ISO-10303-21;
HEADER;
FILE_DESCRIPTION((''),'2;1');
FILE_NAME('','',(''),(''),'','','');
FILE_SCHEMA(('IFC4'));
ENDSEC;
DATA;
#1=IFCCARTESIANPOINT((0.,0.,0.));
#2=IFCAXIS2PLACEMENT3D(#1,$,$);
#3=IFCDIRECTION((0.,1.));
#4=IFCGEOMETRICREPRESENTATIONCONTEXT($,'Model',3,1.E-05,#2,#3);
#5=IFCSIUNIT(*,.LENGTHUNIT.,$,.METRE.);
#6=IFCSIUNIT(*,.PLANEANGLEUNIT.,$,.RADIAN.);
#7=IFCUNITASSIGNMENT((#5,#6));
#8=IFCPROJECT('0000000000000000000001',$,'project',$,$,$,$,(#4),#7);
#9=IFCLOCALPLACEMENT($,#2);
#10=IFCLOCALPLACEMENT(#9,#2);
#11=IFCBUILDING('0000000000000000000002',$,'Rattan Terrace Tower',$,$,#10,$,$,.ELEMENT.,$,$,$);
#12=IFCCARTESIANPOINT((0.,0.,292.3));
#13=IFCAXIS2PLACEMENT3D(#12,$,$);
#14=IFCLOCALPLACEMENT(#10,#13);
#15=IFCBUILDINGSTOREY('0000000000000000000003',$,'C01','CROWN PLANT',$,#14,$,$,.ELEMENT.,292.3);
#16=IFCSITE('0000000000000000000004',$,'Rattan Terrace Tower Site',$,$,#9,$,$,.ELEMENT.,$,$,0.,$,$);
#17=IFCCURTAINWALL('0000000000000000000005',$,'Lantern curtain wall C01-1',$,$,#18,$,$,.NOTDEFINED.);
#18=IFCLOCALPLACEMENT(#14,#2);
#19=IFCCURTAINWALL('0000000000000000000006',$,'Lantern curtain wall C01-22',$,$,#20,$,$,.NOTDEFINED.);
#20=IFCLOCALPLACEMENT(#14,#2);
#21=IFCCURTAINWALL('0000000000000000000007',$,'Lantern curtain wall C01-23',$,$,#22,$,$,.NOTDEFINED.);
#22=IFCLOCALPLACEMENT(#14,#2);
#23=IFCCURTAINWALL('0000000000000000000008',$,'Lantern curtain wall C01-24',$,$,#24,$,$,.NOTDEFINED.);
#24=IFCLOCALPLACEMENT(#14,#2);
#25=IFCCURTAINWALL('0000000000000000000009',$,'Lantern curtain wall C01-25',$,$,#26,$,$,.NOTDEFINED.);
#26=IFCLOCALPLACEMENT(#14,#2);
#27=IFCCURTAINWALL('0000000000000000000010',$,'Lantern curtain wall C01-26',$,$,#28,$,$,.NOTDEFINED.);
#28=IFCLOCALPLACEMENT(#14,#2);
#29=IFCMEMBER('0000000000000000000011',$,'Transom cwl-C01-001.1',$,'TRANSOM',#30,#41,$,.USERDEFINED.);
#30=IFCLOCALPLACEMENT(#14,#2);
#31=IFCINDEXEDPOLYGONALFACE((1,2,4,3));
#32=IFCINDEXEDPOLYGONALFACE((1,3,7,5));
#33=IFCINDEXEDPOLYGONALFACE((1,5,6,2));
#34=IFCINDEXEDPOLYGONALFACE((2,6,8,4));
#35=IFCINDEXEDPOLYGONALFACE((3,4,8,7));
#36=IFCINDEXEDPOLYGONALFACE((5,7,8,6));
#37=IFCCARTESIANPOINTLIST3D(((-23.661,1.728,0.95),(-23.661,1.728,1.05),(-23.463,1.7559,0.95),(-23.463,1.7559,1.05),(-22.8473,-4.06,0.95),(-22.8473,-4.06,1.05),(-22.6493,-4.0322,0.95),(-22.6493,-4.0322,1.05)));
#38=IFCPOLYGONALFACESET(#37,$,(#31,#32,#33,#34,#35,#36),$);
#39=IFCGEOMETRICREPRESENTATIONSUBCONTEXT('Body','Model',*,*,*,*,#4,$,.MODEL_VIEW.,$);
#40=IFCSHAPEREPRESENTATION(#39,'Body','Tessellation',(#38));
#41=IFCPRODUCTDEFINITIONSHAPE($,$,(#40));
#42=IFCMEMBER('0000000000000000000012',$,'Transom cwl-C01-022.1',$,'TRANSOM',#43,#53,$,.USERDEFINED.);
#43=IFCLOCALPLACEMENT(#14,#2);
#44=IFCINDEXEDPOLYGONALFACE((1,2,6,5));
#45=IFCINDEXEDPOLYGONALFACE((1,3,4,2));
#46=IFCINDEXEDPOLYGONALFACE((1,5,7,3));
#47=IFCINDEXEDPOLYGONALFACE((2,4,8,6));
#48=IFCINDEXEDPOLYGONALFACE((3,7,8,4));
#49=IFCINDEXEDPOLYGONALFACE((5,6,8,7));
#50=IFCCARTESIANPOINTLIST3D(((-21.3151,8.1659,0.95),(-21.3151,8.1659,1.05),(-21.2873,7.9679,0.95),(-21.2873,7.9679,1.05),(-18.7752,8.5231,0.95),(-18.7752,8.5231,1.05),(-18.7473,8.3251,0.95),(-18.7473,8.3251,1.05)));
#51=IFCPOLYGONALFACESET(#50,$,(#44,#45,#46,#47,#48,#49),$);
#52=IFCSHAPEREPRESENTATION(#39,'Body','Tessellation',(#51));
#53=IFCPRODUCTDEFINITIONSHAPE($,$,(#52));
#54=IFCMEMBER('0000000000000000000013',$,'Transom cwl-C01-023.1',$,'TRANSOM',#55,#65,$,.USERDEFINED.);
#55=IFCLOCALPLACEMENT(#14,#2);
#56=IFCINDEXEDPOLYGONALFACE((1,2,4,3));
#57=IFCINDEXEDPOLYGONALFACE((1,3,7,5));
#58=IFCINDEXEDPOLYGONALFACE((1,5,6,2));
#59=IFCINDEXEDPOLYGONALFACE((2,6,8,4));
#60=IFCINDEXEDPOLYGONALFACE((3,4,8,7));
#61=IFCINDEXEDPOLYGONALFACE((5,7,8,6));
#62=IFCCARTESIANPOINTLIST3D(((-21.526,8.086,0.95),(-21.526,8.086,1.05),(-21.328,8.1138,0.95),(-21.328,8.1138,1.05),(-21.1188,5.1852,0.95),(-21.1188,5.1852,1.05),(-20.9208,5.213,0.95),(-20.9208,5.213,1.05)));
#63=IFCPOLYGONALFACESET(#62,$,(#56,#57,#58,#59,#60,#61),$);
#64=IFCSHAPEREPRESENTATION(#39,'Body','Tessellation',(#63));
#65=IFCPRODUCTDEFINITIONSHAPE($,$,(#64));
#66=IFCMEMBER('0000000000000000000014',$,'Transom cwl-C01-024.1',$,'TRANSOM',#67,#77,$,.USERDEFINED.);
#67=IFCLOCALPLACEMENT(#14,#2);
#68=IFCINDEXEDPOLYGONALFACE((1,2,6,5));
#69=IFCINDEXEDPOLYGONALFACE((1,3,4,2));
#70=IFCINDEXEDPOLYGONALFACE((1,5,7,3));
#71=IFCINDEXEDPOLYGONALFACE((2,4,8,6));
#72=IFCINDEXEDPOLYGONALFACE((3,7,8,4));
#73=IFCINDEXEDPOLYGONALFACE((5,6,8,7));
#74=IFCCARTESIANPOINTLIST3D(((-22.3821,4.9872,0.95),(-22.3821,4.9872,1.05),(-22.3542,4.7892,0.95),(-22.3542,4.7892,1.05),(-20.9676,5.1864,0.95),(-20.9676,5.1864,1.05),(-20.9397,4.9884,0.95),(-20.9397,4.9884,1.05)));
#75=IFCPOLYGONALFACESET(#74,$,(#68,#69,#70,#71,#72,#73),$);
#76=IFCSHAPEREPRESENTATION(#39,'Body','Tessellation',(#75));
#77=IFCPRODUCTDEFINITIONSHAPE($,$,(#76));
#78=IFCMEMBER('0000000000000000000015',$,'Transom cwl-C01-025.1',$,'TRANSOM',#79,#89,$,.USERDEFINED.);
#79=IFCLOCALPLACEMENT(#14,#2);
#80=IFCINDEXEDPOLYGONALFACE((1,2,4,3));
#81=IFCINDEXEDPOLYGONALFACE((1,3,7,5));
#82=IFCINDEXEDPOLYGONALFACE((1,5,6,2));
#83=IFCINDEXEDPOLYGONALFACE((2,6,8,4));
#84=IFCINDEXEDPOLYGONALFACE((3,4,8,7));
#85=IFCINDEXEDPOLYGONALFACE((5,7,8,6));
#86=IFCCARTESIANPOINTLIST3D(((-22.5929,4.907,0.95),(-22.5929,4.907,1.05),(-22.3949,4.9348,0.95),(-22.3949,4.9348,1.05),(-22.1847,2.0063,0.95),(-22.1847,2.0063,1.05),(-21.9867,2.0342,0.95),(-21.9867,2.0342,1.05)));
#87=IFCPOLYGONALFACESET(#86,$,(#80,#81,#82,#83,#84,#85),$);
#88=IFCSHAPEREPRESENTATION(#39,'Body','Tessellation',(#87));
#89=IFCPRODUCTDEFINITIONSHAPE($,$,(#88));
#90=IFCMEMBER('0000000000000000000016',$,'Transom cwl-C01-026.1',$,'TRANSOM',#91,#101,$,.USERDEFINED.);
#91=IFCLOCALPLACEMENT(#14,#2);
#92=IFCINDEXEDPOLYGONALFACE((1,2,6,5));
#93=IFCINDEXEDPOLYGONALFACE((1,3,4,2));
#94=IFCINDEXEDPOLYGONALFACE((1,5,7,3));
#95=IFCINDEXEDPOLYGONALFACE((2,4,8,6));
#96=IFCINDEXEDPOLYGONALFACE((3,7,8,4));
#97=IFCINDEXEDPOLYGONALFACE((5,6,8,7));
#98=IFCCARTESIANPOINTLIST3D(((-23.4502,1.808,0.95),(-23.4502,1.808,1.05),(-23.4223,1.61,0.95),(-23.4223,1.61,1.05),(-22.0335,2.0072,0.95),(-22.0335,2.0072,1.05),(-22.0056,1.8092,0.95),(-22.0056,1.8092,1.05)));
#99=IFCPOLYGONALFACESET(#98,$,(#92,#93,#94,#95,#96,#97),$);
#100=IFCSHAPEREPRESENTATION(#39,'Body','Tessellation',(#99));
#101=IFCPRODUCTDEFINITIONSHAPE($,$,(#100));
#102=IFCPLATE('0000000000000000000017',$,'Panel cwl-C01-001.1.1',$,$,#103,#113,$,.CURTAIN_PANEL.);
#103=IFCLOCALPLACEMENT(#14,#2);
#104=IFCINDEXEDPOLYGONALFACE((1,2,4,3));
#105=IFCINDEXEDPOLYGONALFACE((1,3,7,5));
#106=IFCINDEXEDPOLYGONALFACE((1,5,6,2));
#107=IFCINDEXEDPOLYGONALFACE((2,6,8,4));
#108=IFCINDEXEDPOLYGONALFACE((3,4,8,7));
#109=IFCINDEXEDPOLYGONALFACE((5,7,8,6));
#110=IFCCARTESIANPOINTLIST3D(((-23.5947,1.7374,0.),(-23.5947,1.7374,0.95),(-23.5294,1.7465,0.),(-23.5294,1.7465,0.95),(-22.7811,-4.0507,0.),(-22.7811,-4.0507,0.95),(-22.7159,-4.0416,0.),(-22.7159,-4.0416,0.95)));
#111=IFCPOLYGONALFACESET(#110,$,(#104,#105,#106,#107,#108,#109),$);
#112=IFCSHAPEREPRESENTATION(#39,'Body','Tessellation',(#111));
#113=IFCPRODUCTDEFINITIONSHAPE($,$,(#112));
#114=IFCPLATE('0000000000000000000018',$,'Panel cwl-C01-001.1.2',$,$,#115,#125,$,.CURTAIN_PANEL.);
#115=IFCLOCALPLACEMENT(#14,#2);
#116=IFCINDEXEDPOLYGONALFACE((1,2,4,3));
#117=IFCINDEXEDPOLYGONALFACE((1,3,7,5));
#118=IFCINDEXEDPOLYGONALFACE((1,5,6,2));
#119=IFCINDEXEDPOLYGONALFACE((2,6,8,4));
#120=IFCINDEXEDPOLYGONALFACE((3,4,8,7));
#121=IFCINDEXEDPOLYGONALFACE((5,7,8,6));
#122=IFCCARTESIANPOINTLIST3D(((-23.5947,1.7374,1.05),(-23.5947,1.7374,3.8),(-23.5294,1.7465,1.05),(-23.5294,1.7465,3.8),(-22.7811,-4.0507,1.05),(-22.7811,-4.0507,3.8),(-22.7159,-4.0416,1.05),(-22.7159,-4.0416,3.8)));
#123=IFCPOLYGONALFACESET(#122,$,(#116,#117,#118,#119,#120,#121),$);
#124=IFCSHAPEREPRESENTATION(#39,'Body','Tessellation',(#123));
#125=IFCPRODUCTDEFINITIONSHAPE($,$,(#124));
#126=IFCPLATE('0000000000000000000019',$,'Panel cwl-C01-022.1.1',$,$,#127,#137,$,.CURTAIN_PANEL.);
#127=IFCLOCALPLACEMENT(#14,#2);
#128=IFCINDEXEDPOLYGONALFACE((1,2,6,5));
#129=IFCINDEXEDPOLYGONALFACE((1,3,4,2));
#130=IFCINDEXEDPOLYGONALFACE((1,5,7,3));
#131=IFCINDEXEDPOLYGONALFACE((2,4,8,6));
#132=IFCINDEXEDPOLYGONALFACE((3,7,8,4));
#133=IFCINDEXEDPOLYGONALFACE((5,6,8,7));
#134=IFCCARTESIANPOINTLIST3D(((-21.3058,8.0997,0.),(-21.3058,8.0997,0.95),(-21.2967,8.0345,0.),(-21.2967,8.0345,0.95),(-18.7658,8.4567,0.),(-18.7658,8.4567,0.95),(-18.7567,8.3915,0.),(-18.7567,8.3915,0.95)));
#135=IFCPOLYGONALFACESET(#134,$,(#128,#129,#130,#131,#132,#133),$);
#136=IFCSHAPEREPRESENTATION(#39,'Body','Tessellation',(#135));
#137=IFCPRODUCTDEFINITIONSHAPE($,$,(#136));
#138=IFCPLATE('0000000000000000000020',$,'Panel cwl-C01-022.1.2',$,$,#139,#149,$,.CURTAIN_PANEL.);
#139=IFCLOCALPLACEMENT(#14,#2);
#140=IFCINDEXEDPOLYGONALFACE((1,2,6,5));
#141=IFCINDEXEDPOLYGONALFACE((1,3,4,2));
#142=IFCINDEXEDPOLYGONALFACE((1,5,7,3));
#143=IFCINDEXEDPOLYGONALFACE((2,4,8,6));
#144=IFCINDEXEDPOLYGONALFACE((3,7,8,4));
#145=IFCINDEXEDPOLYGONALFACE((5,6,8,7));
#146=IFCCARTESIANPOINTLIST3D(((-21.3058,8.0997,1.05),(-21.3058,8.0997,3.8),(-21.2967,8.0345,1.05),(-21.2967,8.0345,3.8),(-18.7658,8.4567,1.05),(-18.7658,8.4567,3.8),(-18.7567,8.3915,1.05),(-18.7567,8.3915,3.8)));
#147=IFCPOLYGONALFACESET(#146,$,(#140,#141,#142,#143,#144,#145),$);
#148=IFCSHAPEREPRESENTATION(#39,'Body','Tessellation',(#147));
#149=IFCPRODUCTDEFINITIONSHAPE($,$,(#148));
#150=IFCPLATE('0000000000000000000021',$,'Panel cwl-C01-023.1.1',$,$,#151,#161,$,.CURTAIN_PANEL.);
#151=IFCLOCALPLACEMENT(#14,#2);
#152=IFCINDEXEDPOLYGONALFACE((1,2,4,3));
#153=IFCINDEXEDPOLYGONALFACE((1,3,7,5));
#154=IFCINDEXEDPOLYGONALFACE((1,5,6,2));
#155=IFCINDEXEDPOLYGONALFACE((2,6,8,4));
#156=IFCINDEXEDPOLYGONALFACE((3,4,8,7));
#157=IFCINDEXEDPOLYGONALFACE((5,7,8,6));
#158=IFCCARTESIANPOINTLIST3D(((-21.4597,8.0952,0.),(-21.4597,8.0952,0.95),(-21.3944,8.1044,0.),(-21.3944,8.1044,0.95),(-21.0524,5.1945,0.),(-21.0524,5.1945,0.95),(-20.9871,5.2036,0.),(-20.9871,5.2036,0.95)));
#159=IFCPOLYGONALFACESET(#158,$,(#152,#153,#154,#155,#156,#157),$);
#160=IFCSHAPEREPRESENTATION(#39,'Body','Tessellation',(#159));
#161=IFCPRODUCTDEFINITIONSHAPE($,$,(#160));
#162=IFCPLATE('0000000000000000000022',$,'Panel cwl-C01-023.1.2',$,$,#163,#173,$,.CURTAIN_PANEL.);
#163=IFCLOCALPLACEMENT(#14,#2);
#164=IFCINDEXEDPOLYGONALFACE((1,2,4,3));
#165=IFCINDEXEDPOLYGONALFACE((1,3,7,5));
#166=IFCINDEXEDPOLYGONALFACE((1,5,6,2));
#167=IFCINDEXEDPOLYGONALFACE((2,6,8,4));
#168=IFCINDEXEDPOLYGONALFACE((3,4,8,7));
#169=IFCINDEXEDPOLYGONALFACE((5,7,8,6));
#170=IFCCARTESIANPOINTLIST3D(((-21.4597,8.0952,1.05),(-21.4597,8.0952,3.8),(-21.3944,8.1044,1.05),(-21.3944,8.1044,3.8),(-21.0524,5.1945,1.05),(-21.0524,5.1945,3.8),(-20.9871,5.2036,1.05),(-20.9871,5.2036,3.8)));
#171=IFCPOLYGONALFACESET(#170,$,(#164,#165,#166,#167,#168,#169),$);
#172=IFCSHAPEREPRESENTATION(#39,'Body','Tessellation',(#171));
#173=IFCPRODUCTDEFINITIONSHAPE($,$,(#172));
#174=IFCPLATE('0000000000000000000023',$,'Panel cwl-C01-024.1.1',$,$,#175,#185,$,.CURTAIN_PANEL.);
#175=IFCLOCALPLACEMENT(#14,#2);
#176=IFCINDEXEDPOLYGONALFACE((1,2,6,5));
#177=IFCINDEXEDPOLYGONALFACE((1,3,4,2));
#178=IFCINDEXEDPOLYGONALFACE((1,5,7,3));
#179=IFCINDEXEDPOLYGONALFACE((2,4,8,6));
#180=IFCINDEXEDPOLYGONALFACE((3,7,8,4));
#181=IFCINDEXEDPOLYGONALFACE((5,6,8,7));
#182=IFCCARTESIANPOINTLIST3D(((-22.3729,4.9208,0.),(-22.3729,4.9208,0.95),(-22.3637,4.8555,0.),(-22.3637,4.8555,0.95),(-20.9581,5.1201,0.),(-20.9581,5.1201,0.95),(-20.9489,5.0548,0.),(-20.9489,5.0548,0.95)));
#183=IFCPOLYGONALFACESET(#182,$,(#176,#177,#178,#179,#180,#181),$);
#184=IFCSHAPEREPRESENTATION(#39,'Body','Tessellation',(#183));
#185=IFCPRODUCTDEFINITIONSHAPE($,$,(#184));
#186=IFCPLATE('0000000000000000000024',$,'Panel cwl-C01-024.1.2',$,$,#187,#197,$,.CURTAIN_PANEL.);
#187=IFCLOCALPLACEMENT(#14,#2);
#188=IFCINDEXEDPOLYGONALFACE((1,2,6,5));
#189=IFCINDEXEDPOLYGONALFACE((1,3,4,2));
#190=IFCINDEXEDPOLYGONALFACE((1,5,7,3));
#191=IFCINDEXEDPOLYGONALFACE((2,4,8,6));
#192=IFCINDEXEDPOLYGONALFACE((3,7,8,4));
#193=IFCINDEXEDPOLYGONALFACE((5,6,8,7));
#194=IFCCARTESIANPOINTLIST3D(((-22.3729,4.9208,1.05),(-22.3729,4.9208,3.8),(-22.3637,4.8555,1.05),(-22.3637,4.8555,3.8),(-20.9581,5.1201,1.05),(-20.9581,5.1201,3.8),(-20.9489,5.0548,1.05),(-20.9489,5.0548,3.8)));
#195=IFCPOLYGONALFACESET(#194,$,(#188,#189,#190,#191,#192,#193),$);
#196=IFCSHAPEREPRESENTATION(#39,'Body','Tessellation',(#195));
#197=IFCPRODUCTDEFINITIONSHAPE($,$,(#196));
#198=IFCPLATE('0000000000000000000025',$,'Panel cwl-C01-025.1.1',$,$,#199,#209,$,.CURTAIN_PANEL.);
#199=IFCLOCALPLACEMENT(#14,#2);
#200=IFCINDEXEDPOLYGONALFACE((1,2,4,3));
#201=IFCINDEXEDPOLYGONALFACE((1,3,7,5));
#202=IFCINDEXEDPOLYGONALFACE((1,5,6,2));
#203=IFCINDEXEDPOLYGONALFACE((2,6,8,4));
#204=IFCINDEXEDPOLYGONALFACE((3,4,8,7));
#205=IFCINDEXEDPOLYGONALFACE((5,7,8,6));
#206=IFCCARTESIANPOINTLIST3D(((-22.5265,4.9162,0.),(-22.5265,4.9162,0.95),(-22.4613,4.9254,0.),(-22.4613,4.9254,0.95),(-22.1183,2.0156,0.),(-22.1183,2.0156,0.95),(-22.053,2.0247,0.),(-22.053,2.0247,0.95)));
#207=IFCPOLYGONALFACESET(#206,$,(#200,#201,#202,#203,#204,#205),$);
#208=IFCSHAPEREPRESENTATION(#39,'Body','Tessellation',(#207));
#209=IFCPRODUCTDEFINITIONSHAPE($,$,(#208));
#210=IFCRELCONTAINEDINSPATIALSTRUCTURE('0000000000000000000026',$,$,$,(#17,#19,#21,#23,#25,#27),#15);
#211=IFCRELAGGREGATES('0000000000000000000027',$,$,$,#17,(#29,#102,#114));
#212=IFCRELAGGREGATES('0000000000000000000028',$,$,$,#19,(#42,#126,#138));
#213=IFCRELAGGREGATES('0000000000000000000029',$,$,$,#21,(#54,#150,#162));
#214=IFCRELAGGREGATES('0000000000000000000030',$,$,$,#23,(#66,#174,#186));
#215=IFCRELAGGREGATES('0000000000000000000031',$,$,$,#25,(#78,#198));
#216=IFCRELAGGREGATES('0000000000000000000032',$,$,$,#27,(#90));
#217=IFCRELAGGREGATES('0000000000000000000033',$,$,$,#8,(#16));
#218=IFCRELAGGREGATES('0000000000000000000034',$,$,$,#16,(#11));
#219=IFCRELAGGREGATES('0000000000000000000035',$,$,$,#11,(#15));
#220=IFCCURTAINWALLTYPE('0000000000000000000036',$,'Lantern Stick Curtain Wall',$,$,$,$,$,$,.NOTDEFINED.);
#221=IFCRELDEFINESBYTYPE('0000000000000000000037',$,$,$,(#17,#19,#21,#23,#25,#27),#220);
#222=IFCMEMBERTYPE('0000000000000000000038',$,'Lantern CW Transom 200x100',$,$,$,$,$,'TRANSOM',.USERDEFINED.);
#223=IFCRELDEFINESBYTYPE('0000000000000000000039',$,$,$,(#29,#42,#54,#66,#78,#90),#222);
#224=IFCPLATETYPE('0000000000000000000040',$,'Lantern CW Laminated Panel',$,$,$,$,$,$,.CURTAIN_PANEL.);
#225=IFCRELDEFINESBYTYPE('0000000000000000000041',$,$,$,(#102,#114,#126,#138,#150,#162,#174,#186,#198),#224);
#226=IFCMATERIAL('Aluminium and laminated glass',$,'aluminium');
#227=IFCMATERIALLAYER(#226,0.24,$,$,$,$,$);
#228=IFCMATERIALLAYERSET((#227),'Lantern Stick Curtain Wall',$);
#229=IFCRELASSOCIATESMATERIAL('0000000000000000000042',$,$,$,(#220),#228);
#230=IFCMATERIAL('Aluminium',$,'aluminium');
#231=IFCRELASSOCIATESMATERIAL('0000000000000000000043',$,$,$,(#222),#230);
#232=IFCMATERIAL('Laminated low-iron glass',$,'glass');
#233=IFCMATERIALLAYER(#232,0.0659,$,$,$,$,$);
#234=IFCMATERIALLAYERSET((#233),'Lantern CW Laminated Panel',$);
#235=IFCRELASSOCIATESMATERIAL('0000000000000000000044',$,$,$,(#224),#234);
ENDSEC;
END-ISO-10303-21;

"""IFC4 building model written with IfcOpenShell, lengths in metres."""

from ifc_helpers import new_model, si_unit, direction, frame, origin, origin_2d, place, context, subcontext, project, spatial, rectangle, extrude, material, layer, layer_set, material_profile, profile_set, type_object, element, aggregate, save


model = new_model("IFC4")

# Units and contexts
model_context = context("Model", 3, precision=1e-05, world=origin(), true_north=direction((0.0, 1.0)))
body_context = subcontext(model_context, "Body", "Model", "MODEL_VIEW")
ifc_project = project(units=[si_unit("LENGTHUNIT", "METRE"), si_unit("PLANEANGLEUNIT", "RADIAN")], contexts=[model_context])

# Site, building, storey
site_placement = place(None, origin())
site = spatial("IfcSite", under=ifc_project, at=site_placement, Name="Rattan Terrace Tower Site", CompositionType="ELEMENT", RefElevation=0.0)
building_placement = place(site_placement, origin())
building = spatial("IfcBuilding", under=site, at=building_placement, Name="Rattan Terrace Tower", CompositionType="ELEMENT")
storey_placement = place(building_placement, frame((0.0, 0.0, 292.3)))
storey = spatial("IfcBuildingStorey", under=building, at=storey_placement, Name="C01", Description="CROWN PLANT", CompositionType="ELEMENT", Elevation=292.3)

# Curtain wall
ifc_material_1 = material(Name="Aluminium and laminated glass", Category="aluminium")
ifc_layer_1 = layer(ifc_material_1, 0.24)
ifc_layer_set_1 = layer_set([ifc_layer_1], Name="Lantern Stick Curtain Wall")
curtain_wall_type = type_object("IfcCurtainWallType", Name="Lantern Stick Curtain Wall", PredefinedType="NOTDEFINED", material=ifc_layer_set_1)
curtain_wall_1_placement = place(storey_placement, origin())
curtain_wall_1 = element("IfcCurtainWall", 1, at=curtain_wall_1_placement, inside=storey, type_object=curtain_wall_type, Name="Lantern curtain wall C01-1", PredefinedType="NOTDEFINED")

# Curtain walls
curtain_wall_2_placement = place(storey_placement, origin())
curtain_wall_2 = element("IfcCurtainWall", 2, at=curtain_wall_2_placement, inside=storey, type_object=curtain_wall_type, Name="Lantern curtain wall C01-22", PredefinedType="NOTDEFINED")
curtain_wall_3_placement = place(storey_placement, origin())
curtain_wall_3 = element("IfcCurtainWall", 3, at=curtain_wall_3_placement, inside=storey, type_object=curtain_wall_type, Name="Lantern curtain wall C01-23", PredefinedType="NOTDEFINED")
curtain_wall_4_placement = place(storey_placement, origin())
curtain_wall_4 = element("IfcCurtainWall", 4, at=curtain_wall_4_placement, inside=storey, type_object=curtain_wall_type, Name="Lantern curtain wall C01-24", PredefinedType="NOTDEFINED")
curtain_wall_5_placement = place(storey_placement, origin())
curtain_wall_5 = element("IfcCurtainWall", 5, at=curtain_wall_5_placement, inside=storey, type_object=curtain_wall_type, Name="Lantern curtain wall C01-25", PredefinedType="NOTDEFINED")
curtain_wall_6_placement = place(storey_placement, origin())
curtain_wall_6 = element("IfcCurtainWall", 6, at=curtain_wall_6_placement, inside=storey, type_object=curtain_wall_type, Name="Lantern curtain wall C01-26", PredefinedType="NOTDEFINED")

# Members
ifc_material_2 = material(Name="Aluminium", Category="aluminium")
ifc_material_profile_1 = material_profile(ifc_material_2, rectangle(XDim=0.2, YDim=0.1001, at=origin_2d()), Name="Aluminium 200x100")
ifc_profile_set_1 = profile_set([ifc_material_profile_1], Name="Aluminium")
member_type_1 = type_object("IfcMemberType", Name="Lantern CW Transom 200x100", ElementType="TRANSOM", PredefinedType="USERDEFINED", material=ifc_profile_set_1)
member_1_placement = place(storey_placement, frame((-23.562, 1.7419, 1.0), z_axis=(0.139216, -0.990262, 0.0), x_axis=(0.990262, 0.139216, 0.0)))
member_1 = element("IfcMember", 7, at=member_1_placement, type_object=member_type_1, Name="Transom cwl-C01-001.1", ObjectType="TRANSOM", PredefinedType="USERDEFINED", context=body_context, shape_type="SweptSolid", body=[
    extrude(rectangle(XDim=0.2, YDim=0.1001, at=origin_2d()), origin(), (0.0, 0.0, 1.0), 5.845),
])
member_2_placement = place(storey_placement, frame((-18.7612, 8.4241, 1.0), z_axis=(-0.990257, -0.139249, 0.0), x_axis=(0.139249, -0.990257, 0.0)))
member_2 = element("IfcMember", 8, at=member_2_placement, type_object=member_type_1, Name="Transom cwl-C01-022.1", ObjectType="TRANSOM", PredefinedType="USERDEFINED", context=body_context, shape_type="SweptSolid", body=[
    extrude(rectangle(XDim=0.2, YDim=0.1001, at=origin_2d()), origin(), (0.0, 0.0, 1.0), 2.5649),
])
member_3_placement = place(storey_placement, frame((-21.427, 8.0999, 1.0), z_axis=(0.139029, -0.990288, 0.0), x_axis=(0.990288, 0.139029, 0.0)))
member_3 = element("IfcMember", 9, at=member_3_placement, type_object=member_type_1, Name="Transom cwl-C01-023.1", ObjectType="TRANSOM", PredefinedType="USERDEFINED", context=body_context, shape_type="SweptSolid", body=[
    extrude(rectangle(XDim=0.2, YDim=0.1001, at=origin_2d()), origin(), (0.0, 0.0, 1.0), 2.9292),
])
member_4_placement = place(storey_placement, frame((-20.9536, 5.0874, 1.0), z_axis=(-0.990228, -0.139459, 0.0), x_axis=(0.139459, -0.990228, 0.0)))
member_4 = element("IfcMember", 10, at=member_4_placement, type_object=member_type_1, Name="Transom cwl-C01-024.1", ObjectType="TRANSOM", PredefinedType="USERDEFINED", context=body_context, shape_type="SweptSolid", body=[
    extrude(rectangle(XDim=0.2, YDim=0.1001, at=origin_2d()), origin(), (0.0, 0.0, 1.0), 1.4285),
])
member_5_placement = place(storey_placement, frame((-22.4939, 4.9209, 1.0), z_axis=(0.139356, -0.990242, 0.0), x_axis=(0.990242, 0.139356, 0.0)))
member_5 = element("IfcMember", 11, at=member_5_placement, type_object=member_type_1, Name="Transom cwl-C01-025.1", ObjectType="TRANSOM", PredefinedType="USERDEFINED", context=body_context, shape_type="SweptSolid", body=[
    extrude(rectangle(XDim=0.2, YDim=0.1001, at=origin_2d()), origin(), (0.0, 0.0, 1.0), 2.9292),
])
member_6_placement = place(storey_placement, frame((-22.0195, 1.9082, 1.0), z_axis=(-0.990258, -0.139247, 0.0), x_axis=(0.139247, -0.990258, 0.0)))
member_6 = element("IfcMember", 12, at=member_6_placement, type_object=member_type_1, Name="Transom cwl-C01-026.1", ObjectType="TRANSOM", PredefinedType="USERDEFINED", context=body_context, shape_type="SweptSolid", body=[
    extrude(rectangle(XDim=0.2, YDim=0.1001, at=origin_2d()), origin(), (0.0, 0.0, 1.0), 1.4307),
])

# Plates
ifc_material_3 = material(Name="Laminated low-iron glass", Category="glass")
ifc_layer_2 = layer(ifc_material_3, 0.0659)
ifc_layer_set_2 = layer_set([ifc_layer_2], Name="Lantern CW Laminated Panel")
plate_type = type_object("IfcPlateType", Name="Lantern CW Laminated Panel", PredefinedType="CURTAIN_PANEL", material=ifc_layer_set_2)
plate_1_placement = place(storey_placement, frame((-23.1553, -1.1521, 0.0), z_axis=(0.0, 0.0, 1.0), x_axis=(0.139188, -0.990266, 0.0)))
plate_1 = element("IfcPlate", 13, at=plate_1_placement, type_object=plate_type, Name="Panel cwl-C01-001.1.1", PredefinedType="CURTAIN_PANEL", context=body_context, shape_type="SweptSolid", body=[
    extrude(rectangle(XDim=5.845, YDim=0.0659, at=origin_2d()), origin(), (0.0, 0.0, 1.0), 0.95),
])
plate_2_placement = place(storey_placement, frame((-23.1553, -1.1521, 1.05), z_axis=(0.0, 0.0, 1.0), x_axis=(0.139188, -0.990266, 0.0)))
plate_2 = element("IfcPlate", 14, at=plate_2_placement, type_object=plate_type, Name="Panel cwl-C01-001.1.2", PredefinedType="CURTAIN_PANEL", context=body_context, shape_type="SweptSolid", body=[
    extrude(rectangle(XDim=5.845, YDim=0.0659, at=origin_2d()), origin(), (0.0, 0.0, 1.0), 2.75),
])
aggregate(curtain_wall_1, [member_1, plate_1, plate_2])
plate_3_placement = place(storey_placement, frame((-20.0312, 8.2456, 0.0), z_axis=(0.0, 0.0, 1.0), x_axis=(-0.990267, -0.139181, 0.0)))
plate_3 = element("IfcPlate", 15, at=plate_3_placement, type_object=plate_type, Name="Panel cwl-C01-022.1.1", PredefinedType="CURTAIN_PANEL", context=body_context, shape_type="SweptSolid", body=[
    extrude(rectangle(XDim=2.5649, YDim=0.0659, at=origin_2d()), origin(), (0.0, 0.0, 1.0), 0.95),
])
plate_4_placement = place(storey_placement, frame((-20.0312, 8.2456, 1.05), z_axis=(0.0, 0.0, 1.0), x_axis=(-0.990267, -0.139181, 0.0)))
plate_4 = element("IfcPlate", 16, at=plate_4_placement, type_object=plate_type, Name="Panel cwl-C01-022.1.2", PredefinedType="CURTAIN_PANEL", context=body_context, shape_type="SweptSolid", body=[
    extrude(rectangle(XDim=2.5649, YDim=0.0659, at=origin_2d()), origin(), (0.0, 0.0, 1.0), 2.75),
])
aggregate(curtain_wall_2, [member_2, plate_3, plate_4])
plate_5_placement = place(storey_placement, frame((-21.2234, 6.6494, 0.0), z_axis=(0.0, 0.0, 1.0), x_axis=(0.13904, -0.990287, 0.0)))
plate_5 = element("IfcPlate", 17, at=plate_5_placement, type_object=plate_type, Name="Panel cwl-C01-023.1.1", PredefinedType="CURTAIN_PANEL", context=body_context, shape_type="SweptSolid", body=[
    extrude(rectangle(XDim=2.9292, YDim=0.0659, at=origin_2d()), origin(), (0.0, 0.0, 1.0), 0.95),
])
plate_6_placement = place(storey_placement, frame((-21.2234, 6.6494, 1.05), z_axis=(0.0, 0.0, 1.0), x_axis=(0.13904, -0.990287, 0.0)))
plate_6 = element("IfcPlate", 18, at=plate_6_placement, type_object=plate_type, Name="Panel cwl-C01-023.1.2", PredefinedType="CURTAIN_PANEL", context=body_context, shape_type="SweptSolid", body=[
    extrude(rectangle(XDim=2.9292, YDim=0.0659, at=origin_2d()), origin(), (0.0, 0.0, 1.0), 2.75),
])
aggregate(curtain_wall_3, [member_3, plate_5, plate_6])
plate_7_placement = place(storey_placement, frame((-21.6609, 4.9878, 0.0), z_axis=(0.0, 0.0, 1.0), x_axis=(-0.990228, -0.139459, 0.0)))
plate_7 = element("IfcPlate", 19, at=plate_7_placement, type_object=plate_type, Name="Panel cwl-C01-024.1.1", PredefinedType="CURTAIN_PANEL", context=body_context, shape_type="SweptSolid", body=[
    extrude(rectangle(XDim=1.4287, YDim=0.0659, at=origin_2d()), origin(), (0.0, 0.0, 1.0), 0.95),
])
plate_8_placement = place(storey_placement, frame((-21.6609, 4.9878, 1.05), z_axis=(0.0, 0.0, 1.0), x_axis=(-0.990228, -0.139459, 0.0)))
plate_8 = element("IfcPlate", 20, at=plate_8_placement, type_object=plate_type, Name="Panel cwl-C01-024.1.2", PredefinedType="CURTAIN_PANEL", context=body_context, shape_type="SweptSolid", body=[
    extrude(rectangle(XDim=1.4287, YDim=0.0659, at=origin_2d()), origin(), (0.0, 0.0, 1.0), 2.75),
])
aggregate(curtain_wall_4, [member_4, plate_7, plate_8])
plate_9_placement = place(storey_placement, frame((-22.2898, 3.4705, 0.0), z_axis=(0.0, 0.0, 1.0), x_axis=(0.139367, -0.990241, 0.0)))
plate_9 = element("IfcPlate", 21, at=plate_9_placement, type_object=plate_type, Name="Panel cwl-C01-025.1.1", PredefinedType="CURTAIN_PANEL", context=body_context, shape_type="SweptSolid", body=[
    extrude(rectangle(XDim=2.9292, YDim=0.0659, at=origin_2d()), origin(), (0.0, 0.0, 1.0), 0.95),
])
aggregate(curtain_wall_5, [member_5, plate_9])
aggregate(curtain_wall_6, [member_6])

save(model, "model.ifc")
